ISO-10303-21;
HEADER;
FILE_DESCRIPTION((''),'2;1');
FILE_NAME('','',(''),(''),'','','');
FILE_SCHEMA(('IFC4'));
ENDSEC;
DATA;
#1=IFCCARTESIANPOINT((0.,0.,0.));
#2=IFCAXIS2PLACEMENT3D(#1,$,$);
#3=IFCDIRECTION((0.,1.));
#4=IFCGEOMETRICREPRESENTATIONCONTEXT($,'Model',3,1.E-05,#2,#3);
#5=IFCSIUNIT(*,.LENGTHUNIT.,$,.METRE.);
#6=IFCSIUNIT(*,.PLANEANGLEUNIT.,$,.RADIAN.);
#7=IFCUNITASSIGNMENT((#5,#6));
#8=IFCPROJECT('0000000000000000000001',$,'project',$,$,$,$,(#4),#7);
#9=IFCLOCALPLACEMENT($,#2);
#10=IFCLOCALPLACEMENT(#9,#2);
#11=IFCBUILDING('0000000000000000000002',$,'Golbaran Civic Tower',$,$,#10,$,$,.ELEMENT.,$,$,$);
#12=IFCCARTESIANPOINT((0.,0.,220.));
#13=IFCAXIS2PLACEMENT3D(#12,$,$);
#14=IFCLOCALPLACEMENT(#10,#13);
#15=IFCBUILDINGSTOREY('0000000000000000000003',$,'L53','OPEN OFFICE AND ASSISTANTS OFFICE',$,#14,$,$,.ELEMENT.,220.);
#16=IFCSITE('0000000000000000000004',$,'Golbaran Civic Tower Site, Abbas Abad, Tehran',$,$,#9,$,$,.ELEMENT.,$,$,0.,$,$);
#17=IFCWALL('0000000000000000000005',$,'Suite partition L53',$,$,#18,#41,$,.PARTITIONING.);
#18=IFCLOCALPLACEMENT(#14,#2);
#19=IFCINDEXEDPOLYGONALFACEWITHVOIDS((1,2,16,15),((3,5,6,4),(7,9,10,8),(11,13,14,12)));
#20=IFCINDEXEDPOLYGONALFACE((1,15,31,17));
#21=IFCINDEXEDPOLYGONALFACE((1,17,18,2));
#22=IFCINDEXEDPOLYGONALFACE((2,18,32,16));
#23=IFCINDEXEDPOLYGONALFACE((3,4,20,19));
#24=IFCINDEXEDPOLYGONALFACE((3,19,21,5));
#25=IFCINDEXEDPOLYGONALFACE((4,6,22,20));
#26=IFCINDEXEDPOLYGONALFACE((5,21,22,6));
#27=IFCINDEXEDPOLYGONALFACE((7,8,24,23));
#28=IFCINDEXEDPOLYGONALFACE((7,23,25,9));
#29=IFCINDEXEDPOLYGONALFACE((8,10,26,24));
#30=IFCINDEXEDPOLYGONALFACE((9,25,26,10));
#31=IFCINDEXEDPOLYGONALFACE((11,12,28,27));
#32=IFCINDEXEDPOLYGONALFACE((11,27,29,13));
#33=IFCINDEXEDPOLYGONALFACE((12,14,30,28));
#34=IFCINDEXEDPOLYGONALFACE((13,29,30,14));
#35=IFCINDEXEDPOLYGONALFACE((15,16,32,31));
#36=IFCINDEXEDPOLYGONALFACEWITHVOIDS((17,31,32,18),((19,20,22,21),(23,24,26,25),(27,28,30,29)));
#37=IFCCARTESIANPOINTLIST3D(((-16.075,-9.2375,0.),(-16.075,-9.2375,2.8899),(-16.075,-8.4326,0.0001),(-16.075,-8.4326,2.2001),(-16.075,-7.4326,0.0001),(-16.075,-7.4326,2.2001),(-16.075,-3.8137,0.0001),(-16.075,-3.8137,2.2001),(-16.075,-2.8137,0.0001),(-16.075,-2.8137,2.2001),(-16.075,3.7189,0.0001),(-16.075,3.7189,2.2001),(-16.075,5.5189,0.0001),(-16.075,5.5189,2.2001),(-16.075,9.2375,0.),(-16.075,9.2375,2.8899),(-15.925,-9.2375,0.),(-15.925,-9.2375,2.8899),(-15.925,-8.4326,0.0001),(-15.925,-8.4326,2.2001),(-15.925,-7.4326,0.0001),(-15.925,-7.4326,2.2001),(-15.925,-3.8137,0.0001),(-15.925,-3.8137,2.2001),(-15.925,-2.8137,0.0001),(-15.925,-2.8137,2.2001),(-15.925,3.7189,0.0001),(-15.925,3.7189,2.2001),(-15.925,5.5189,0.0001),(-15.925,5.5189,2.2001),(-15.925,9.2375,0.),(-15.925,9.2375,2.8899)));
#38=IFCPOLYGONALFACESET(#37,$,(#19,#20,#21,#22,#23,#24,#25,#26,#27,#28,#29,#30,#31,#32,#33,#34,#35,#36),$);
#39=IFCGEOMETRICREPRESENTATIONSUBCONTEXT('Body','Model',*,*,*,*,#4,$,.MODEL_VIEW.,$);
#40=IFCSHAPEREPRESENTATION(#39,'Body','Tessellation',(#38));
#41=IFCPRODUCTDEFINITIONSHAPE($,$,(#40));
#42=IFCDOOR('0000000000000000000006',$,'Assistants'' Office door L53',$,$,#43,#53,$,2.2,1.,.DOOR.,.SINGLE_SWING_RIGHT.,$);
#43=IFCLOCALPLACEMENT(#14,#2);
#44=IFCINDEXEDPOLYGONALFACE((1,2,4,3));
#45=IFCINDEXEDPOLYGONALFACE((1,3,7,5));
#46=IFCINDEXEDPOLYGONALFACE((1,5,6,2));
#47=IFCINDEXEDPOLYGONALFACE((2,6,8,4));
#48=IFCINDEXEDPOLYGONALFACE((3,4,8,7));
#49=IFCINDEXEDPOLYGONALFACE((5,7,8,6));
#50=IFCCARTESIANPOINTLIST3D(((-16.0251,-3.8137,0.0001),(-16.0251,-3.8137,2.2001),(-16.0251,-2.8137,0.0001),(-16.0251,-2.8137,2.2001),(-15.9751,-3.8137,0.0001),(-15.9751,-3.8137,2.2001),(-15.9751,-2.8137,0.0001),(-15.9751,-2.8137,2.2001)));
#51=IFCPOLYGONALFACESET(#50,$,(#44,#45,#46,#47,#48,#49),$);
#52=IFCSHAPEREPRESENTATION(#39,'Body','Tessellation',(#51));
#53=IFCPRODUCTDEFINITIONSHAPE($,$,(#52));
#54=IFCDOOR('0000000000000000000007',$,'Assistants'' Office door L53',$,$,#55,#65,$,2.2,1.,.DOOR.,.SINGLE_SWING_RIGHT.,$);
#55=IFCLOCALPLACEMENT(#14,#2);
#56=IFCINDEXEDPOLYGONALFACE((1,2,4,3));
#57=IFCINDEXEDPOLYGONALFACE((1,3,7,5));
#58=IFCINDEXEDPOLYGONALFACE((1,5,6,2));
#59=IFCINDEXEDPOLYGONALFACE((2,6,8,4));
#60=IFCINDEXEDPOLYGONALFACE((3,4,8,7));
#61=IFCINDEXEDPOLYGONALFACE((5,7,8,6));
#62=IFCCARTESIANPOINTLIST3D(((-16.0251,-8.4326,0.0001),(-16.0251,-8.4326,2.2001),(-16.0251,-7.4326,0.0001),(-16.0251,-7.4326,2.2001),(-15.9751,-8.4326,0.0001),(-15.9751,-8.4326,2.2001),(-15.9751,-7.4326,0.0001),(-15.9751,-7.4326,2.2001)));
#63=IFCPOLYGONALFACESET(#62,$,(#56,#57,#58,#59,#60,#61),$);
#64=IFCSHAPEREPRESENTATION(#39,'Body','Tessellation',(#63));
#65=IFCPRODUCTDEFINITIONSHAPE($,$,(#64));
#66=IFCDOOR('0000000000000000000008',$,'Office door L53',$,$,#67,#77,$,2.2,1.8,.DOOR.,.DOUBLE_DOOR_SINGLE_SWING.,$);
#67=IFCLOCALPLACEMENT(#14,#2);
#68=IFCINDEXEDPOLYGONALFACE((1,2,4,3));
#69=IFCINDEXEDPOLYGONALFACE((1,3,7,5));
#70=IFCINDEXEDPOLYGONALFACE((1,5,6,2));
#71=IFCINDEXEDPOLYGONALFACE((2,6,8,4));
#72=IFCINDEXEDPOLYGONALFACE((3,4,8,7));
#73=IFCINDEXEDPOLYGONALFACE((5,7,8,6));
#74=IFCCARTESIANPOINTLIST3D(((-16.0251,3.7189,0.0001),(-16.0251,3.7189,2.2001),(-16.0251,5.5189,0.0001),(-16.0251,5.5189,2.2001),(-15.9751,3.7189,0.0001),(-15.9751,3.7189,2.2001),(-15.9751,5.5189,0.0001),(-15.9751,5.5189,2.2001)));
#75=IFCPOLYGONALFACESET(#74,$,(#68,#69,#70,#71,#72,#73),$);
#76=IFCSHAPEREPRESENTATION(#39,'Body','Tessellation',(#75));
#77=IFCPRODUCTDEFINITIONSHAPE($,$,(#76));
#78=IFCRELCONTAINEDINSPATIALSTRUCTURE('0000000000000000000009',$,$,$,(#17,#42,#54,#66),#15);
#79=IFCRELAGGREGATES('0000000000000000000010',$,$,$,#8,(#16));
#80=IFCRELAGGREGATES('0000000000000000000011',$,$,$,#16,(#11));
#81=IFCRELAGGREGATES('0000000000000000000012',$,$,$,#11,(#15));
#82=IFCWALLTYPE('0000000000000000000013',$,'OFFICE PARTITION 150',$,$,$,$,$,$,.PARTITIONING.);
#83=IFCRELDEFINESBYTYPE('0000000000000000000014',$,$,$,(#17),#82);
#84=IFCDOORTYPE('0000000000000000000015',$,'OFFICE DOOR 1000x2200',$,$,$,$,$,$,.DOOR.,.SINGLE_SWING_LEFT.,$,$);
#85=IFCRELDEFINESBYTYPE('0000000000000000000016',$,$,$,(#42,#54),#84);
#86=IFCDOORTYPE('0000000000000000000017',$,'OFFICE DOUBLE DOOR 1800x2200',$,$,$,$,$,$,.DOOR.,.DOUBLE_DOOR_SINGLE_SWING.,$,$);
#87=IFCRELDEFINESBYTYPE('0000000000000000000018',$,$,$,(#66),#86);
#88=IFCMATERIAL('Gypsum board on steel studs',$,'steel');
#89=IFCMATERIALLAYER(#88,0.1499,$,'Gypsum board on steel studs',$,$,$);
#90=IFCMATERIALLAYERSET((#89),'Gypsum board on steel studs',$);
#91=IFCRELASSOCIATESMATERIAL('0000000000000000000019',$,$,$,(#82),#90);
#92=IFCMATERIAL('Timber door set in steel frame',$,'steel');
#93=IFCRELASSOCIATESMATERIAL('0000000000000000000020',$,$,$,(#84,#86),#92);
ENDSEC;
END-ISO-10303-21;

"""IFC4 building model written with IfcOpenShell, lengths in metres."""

from ifc_helpers import new_model, si_unit, direction, frame, frame_2d, origin, place, context, subcontext, project, spatial, rectangle, extrude, material, layer, layer_set, type_object, element, fill, save


model = new_model("IFC4")

# Units and contexts
model_context = context("Model", 3, precision=1e-05, world=origin(), true_north=direction((0.0, 1.0)))
body_context = subcontext(model_context, "Body", "Model", "MODEL_VIEW")
ifc_project = project(units=[si_unit("LENGTHUNIT", "METRE"), si_unit("PLANEANGLEUNIT", "RADIAN")], contexts=[model_context])

# Site, building, storey
site_placement = place(None, origin())
site = spatial("IfcSite", under=ifc_project, at=site_placement, Name="Golbaran Civic Tower Site, Abbas Abad, Tehran", CompositionType="ELEMENT", RefElevation=0.0)
building_placement = place(site_placement, origin())
building = spatial("IfcBuilding", under=site, at=building_placement, Name="Golbaran Civic Tower", CompositionType="ELEMENT")
storey_placement = place(building_placement, frame((0.0, 0.0, 220.0)))
storey = spatial("IfcBuildingStorey", under=building, at=storey_placement, Name="L53", Description="OPEN OFFICE AND ASSISTANTS OFFICE", CompositionType="ELEMENT", Elevation=220.0)

# Wall, openings, doors
ifc_material_1 = material(Name="Gypsum board on steel studs", Category="steel")
ifc_layer_1 = layer(ifc_material_1, 0.1499, Name="Gypsum board on steel studs")
ifc_layer_set_1 = layer_set([ifc_layer_1], Name="Gypsum board on steel studs")
wall_type = type_object("IfcWallType", Name="OFFICE PARTITION 150", PredefinedType="PARTITIONING", material=ifc_layer_set_1)
wall_placement = place(storey_placement, frame((-16.0, 9.2375, 0.0), z_axis=(0.0, 0.0, 1.0), x_axis=(0.0, -1.0, 0.0)))
wall = element("IfcWall", 1, at=wall_placement, inside=storey, type_object=wall_type, Name="Suite partition L53", PredefinedType="PARTITIONING", context=body_context, shape_type="SweptSolid", body=[
    extrude(rectangle(XDim=18.4751, YDim=0.1499, at=frame_2d((9.2375, 0.0))), origin(), (0.0, 0.0, 1.0), 2.8899),
])
opening_1_placement = place(wall_placement, frame((3.7188, 0.0, 0.0)))
opening_1 = element("IfcOpeningElement", 2, at=opening_1_placement, cuts=wall, PredefinedType="OPENING", context=body_context, shape_type="SweptSolid", body=[
    extrude(rectangle(XDim=1.8, YDim=2.2, at=frame_2d((0.8999, 1.1001))), frame((0.0, 0.085, 0.0), z_axis=(0.0, -1.0, 0.0), x_axis=(1.0, 0.0, 0.0)), (0.0, 0.0, 1.0), 0.1699),
])
opening_2_placement = place(wall_placement, frame((12.0513, 0.0, 0.0)))
opening_2 = element("IfcOpeningElement", 3, at=opening_2_placement, cuts=wall, PredefinedType="OPENING", context=body_context, shape_type="SweptSolid", body=[
    extrude(rectangle(XDim=1.0, YDim=2.2, at=frame_2d((0.5, 1.1001))), frame((0.0, 0.085, 0.0), z_axis=(0.0, -1.0, 0.0), x_axis=(1.0, 0.0, 0.0)), (0.0, 0.0, 1.0), 0.1699),
])
opening_3_placement = place(wall_placement, frame((16.6702, 0.0, 0.0)))
opening_3 = element("IfcOpeningElement", 4, at=opening_3_placement, cuts=wall, PredefinedType="OPENING", context=body_context, shape_type="SweptSolid", body=[
    extrude(rectangle(XDim=1.0, YDim=2.2, at=frame_2d((0.5, 1.1001))), frame((0.0, 0.085, 0.0), z_axis=(0.0, -1.0, 0.0), x_axis=(1.0, 0.0, 0.0)), (0.0, 0.0, 1.0), 0.1699),
])
ifc_material_2 = material(Name="Timber door set in steel frame", Category="steel")
door_type_1 = type_object("IfcDoorType", Name="OFFICE DOOR 1000x2200", OperationType="SINGLE_SWING_LEFT", PredefinedType="DOOR", material=ifc_material_2)
door_1_placement = place(opening_2_placement, origin())
door_1 = element("IfcDoor", 5, at=door_1_placement, inside=storey, type_object=door_type_1, Name="Assistants' Office door L53", OperationType="SINGLE_SWING_RIGHT", OverallHeight=2.2, OverallWidth=1.0, PredefinedType="DOOR", context=body_context, shape_type="SweptSolid", body=[
    extrude(rectangle(XDim=1.0, YDim=2.2, at=frame_2d((0.5, 1.1001))), frame((0.0, 0.0249, 0.0), z_axis=(0.0, -1.0, 0.0), x_axis=(1.0, 0.0, 0.0)), (0.0, 0.0, 1.0), 0.05),
])
fill(opening_2, door_1)
door_2_placement = place(opening_3_placement, origin())
door_2 = element("IfcDoor", 6, at=door_2_placement, inside=storey, type_object=door_type_1, Name="Assistants' Office door L53", OperationType="SINGLE_SWING_RIGHT", OverallHeight=2.2, OverallWidth=1.0, PredefinedType="DOOR", context=body_context, shape_type="SweptSolid", body=[
    extrude(rectangle(XDim=1.0, YDim=2.2, at=frame_2d((0.5, 1.1001))), frame((0.0, 0.0249, 0.0), z_axis=(0.0, -1.0, 0.0), x_axis=(1.0, 0.0, 0.0)), (0.0, 0.0, 1.0), 0.05),
])
fill(opening_3, door_2)
door_type_2 = type_object("IfcDoorType", Name="OFFICE DOUBLE DOOR 1800x2200", OperationType="DOUBLE_DOOR_SINGLE_SWING", PredefinedType="DOOR", material=ifc_material_2)
door_3_placement = place(opening_1_placement, origin())
door_3 = element("IfcDoor", 7, at=door_3_placement, inside=storey, type_object=door_type_2, Name="Office door L53", OperationType="DOUBLE_DOOR_SINGLE_SWING", OverallHeight=2.2, OverallWidth=1.8, PredefinedType="DOOR", context=body_context, shape_type="SweptSolid", body=[
    extrude(rectangle(XDim=1.8, YDim=2.2, at=frame_2d((0.8999, 1.1001))), frame((0.0, 0.0249, 0.0), z_axis=(0.0, -1.0, 0.0), x_axis=(1.0, 0.0, 0.0)), (0.0, 0.0, 1.0), 0.05),
])
fill(opening_1, door_3)

save(model, "model.ifc")
